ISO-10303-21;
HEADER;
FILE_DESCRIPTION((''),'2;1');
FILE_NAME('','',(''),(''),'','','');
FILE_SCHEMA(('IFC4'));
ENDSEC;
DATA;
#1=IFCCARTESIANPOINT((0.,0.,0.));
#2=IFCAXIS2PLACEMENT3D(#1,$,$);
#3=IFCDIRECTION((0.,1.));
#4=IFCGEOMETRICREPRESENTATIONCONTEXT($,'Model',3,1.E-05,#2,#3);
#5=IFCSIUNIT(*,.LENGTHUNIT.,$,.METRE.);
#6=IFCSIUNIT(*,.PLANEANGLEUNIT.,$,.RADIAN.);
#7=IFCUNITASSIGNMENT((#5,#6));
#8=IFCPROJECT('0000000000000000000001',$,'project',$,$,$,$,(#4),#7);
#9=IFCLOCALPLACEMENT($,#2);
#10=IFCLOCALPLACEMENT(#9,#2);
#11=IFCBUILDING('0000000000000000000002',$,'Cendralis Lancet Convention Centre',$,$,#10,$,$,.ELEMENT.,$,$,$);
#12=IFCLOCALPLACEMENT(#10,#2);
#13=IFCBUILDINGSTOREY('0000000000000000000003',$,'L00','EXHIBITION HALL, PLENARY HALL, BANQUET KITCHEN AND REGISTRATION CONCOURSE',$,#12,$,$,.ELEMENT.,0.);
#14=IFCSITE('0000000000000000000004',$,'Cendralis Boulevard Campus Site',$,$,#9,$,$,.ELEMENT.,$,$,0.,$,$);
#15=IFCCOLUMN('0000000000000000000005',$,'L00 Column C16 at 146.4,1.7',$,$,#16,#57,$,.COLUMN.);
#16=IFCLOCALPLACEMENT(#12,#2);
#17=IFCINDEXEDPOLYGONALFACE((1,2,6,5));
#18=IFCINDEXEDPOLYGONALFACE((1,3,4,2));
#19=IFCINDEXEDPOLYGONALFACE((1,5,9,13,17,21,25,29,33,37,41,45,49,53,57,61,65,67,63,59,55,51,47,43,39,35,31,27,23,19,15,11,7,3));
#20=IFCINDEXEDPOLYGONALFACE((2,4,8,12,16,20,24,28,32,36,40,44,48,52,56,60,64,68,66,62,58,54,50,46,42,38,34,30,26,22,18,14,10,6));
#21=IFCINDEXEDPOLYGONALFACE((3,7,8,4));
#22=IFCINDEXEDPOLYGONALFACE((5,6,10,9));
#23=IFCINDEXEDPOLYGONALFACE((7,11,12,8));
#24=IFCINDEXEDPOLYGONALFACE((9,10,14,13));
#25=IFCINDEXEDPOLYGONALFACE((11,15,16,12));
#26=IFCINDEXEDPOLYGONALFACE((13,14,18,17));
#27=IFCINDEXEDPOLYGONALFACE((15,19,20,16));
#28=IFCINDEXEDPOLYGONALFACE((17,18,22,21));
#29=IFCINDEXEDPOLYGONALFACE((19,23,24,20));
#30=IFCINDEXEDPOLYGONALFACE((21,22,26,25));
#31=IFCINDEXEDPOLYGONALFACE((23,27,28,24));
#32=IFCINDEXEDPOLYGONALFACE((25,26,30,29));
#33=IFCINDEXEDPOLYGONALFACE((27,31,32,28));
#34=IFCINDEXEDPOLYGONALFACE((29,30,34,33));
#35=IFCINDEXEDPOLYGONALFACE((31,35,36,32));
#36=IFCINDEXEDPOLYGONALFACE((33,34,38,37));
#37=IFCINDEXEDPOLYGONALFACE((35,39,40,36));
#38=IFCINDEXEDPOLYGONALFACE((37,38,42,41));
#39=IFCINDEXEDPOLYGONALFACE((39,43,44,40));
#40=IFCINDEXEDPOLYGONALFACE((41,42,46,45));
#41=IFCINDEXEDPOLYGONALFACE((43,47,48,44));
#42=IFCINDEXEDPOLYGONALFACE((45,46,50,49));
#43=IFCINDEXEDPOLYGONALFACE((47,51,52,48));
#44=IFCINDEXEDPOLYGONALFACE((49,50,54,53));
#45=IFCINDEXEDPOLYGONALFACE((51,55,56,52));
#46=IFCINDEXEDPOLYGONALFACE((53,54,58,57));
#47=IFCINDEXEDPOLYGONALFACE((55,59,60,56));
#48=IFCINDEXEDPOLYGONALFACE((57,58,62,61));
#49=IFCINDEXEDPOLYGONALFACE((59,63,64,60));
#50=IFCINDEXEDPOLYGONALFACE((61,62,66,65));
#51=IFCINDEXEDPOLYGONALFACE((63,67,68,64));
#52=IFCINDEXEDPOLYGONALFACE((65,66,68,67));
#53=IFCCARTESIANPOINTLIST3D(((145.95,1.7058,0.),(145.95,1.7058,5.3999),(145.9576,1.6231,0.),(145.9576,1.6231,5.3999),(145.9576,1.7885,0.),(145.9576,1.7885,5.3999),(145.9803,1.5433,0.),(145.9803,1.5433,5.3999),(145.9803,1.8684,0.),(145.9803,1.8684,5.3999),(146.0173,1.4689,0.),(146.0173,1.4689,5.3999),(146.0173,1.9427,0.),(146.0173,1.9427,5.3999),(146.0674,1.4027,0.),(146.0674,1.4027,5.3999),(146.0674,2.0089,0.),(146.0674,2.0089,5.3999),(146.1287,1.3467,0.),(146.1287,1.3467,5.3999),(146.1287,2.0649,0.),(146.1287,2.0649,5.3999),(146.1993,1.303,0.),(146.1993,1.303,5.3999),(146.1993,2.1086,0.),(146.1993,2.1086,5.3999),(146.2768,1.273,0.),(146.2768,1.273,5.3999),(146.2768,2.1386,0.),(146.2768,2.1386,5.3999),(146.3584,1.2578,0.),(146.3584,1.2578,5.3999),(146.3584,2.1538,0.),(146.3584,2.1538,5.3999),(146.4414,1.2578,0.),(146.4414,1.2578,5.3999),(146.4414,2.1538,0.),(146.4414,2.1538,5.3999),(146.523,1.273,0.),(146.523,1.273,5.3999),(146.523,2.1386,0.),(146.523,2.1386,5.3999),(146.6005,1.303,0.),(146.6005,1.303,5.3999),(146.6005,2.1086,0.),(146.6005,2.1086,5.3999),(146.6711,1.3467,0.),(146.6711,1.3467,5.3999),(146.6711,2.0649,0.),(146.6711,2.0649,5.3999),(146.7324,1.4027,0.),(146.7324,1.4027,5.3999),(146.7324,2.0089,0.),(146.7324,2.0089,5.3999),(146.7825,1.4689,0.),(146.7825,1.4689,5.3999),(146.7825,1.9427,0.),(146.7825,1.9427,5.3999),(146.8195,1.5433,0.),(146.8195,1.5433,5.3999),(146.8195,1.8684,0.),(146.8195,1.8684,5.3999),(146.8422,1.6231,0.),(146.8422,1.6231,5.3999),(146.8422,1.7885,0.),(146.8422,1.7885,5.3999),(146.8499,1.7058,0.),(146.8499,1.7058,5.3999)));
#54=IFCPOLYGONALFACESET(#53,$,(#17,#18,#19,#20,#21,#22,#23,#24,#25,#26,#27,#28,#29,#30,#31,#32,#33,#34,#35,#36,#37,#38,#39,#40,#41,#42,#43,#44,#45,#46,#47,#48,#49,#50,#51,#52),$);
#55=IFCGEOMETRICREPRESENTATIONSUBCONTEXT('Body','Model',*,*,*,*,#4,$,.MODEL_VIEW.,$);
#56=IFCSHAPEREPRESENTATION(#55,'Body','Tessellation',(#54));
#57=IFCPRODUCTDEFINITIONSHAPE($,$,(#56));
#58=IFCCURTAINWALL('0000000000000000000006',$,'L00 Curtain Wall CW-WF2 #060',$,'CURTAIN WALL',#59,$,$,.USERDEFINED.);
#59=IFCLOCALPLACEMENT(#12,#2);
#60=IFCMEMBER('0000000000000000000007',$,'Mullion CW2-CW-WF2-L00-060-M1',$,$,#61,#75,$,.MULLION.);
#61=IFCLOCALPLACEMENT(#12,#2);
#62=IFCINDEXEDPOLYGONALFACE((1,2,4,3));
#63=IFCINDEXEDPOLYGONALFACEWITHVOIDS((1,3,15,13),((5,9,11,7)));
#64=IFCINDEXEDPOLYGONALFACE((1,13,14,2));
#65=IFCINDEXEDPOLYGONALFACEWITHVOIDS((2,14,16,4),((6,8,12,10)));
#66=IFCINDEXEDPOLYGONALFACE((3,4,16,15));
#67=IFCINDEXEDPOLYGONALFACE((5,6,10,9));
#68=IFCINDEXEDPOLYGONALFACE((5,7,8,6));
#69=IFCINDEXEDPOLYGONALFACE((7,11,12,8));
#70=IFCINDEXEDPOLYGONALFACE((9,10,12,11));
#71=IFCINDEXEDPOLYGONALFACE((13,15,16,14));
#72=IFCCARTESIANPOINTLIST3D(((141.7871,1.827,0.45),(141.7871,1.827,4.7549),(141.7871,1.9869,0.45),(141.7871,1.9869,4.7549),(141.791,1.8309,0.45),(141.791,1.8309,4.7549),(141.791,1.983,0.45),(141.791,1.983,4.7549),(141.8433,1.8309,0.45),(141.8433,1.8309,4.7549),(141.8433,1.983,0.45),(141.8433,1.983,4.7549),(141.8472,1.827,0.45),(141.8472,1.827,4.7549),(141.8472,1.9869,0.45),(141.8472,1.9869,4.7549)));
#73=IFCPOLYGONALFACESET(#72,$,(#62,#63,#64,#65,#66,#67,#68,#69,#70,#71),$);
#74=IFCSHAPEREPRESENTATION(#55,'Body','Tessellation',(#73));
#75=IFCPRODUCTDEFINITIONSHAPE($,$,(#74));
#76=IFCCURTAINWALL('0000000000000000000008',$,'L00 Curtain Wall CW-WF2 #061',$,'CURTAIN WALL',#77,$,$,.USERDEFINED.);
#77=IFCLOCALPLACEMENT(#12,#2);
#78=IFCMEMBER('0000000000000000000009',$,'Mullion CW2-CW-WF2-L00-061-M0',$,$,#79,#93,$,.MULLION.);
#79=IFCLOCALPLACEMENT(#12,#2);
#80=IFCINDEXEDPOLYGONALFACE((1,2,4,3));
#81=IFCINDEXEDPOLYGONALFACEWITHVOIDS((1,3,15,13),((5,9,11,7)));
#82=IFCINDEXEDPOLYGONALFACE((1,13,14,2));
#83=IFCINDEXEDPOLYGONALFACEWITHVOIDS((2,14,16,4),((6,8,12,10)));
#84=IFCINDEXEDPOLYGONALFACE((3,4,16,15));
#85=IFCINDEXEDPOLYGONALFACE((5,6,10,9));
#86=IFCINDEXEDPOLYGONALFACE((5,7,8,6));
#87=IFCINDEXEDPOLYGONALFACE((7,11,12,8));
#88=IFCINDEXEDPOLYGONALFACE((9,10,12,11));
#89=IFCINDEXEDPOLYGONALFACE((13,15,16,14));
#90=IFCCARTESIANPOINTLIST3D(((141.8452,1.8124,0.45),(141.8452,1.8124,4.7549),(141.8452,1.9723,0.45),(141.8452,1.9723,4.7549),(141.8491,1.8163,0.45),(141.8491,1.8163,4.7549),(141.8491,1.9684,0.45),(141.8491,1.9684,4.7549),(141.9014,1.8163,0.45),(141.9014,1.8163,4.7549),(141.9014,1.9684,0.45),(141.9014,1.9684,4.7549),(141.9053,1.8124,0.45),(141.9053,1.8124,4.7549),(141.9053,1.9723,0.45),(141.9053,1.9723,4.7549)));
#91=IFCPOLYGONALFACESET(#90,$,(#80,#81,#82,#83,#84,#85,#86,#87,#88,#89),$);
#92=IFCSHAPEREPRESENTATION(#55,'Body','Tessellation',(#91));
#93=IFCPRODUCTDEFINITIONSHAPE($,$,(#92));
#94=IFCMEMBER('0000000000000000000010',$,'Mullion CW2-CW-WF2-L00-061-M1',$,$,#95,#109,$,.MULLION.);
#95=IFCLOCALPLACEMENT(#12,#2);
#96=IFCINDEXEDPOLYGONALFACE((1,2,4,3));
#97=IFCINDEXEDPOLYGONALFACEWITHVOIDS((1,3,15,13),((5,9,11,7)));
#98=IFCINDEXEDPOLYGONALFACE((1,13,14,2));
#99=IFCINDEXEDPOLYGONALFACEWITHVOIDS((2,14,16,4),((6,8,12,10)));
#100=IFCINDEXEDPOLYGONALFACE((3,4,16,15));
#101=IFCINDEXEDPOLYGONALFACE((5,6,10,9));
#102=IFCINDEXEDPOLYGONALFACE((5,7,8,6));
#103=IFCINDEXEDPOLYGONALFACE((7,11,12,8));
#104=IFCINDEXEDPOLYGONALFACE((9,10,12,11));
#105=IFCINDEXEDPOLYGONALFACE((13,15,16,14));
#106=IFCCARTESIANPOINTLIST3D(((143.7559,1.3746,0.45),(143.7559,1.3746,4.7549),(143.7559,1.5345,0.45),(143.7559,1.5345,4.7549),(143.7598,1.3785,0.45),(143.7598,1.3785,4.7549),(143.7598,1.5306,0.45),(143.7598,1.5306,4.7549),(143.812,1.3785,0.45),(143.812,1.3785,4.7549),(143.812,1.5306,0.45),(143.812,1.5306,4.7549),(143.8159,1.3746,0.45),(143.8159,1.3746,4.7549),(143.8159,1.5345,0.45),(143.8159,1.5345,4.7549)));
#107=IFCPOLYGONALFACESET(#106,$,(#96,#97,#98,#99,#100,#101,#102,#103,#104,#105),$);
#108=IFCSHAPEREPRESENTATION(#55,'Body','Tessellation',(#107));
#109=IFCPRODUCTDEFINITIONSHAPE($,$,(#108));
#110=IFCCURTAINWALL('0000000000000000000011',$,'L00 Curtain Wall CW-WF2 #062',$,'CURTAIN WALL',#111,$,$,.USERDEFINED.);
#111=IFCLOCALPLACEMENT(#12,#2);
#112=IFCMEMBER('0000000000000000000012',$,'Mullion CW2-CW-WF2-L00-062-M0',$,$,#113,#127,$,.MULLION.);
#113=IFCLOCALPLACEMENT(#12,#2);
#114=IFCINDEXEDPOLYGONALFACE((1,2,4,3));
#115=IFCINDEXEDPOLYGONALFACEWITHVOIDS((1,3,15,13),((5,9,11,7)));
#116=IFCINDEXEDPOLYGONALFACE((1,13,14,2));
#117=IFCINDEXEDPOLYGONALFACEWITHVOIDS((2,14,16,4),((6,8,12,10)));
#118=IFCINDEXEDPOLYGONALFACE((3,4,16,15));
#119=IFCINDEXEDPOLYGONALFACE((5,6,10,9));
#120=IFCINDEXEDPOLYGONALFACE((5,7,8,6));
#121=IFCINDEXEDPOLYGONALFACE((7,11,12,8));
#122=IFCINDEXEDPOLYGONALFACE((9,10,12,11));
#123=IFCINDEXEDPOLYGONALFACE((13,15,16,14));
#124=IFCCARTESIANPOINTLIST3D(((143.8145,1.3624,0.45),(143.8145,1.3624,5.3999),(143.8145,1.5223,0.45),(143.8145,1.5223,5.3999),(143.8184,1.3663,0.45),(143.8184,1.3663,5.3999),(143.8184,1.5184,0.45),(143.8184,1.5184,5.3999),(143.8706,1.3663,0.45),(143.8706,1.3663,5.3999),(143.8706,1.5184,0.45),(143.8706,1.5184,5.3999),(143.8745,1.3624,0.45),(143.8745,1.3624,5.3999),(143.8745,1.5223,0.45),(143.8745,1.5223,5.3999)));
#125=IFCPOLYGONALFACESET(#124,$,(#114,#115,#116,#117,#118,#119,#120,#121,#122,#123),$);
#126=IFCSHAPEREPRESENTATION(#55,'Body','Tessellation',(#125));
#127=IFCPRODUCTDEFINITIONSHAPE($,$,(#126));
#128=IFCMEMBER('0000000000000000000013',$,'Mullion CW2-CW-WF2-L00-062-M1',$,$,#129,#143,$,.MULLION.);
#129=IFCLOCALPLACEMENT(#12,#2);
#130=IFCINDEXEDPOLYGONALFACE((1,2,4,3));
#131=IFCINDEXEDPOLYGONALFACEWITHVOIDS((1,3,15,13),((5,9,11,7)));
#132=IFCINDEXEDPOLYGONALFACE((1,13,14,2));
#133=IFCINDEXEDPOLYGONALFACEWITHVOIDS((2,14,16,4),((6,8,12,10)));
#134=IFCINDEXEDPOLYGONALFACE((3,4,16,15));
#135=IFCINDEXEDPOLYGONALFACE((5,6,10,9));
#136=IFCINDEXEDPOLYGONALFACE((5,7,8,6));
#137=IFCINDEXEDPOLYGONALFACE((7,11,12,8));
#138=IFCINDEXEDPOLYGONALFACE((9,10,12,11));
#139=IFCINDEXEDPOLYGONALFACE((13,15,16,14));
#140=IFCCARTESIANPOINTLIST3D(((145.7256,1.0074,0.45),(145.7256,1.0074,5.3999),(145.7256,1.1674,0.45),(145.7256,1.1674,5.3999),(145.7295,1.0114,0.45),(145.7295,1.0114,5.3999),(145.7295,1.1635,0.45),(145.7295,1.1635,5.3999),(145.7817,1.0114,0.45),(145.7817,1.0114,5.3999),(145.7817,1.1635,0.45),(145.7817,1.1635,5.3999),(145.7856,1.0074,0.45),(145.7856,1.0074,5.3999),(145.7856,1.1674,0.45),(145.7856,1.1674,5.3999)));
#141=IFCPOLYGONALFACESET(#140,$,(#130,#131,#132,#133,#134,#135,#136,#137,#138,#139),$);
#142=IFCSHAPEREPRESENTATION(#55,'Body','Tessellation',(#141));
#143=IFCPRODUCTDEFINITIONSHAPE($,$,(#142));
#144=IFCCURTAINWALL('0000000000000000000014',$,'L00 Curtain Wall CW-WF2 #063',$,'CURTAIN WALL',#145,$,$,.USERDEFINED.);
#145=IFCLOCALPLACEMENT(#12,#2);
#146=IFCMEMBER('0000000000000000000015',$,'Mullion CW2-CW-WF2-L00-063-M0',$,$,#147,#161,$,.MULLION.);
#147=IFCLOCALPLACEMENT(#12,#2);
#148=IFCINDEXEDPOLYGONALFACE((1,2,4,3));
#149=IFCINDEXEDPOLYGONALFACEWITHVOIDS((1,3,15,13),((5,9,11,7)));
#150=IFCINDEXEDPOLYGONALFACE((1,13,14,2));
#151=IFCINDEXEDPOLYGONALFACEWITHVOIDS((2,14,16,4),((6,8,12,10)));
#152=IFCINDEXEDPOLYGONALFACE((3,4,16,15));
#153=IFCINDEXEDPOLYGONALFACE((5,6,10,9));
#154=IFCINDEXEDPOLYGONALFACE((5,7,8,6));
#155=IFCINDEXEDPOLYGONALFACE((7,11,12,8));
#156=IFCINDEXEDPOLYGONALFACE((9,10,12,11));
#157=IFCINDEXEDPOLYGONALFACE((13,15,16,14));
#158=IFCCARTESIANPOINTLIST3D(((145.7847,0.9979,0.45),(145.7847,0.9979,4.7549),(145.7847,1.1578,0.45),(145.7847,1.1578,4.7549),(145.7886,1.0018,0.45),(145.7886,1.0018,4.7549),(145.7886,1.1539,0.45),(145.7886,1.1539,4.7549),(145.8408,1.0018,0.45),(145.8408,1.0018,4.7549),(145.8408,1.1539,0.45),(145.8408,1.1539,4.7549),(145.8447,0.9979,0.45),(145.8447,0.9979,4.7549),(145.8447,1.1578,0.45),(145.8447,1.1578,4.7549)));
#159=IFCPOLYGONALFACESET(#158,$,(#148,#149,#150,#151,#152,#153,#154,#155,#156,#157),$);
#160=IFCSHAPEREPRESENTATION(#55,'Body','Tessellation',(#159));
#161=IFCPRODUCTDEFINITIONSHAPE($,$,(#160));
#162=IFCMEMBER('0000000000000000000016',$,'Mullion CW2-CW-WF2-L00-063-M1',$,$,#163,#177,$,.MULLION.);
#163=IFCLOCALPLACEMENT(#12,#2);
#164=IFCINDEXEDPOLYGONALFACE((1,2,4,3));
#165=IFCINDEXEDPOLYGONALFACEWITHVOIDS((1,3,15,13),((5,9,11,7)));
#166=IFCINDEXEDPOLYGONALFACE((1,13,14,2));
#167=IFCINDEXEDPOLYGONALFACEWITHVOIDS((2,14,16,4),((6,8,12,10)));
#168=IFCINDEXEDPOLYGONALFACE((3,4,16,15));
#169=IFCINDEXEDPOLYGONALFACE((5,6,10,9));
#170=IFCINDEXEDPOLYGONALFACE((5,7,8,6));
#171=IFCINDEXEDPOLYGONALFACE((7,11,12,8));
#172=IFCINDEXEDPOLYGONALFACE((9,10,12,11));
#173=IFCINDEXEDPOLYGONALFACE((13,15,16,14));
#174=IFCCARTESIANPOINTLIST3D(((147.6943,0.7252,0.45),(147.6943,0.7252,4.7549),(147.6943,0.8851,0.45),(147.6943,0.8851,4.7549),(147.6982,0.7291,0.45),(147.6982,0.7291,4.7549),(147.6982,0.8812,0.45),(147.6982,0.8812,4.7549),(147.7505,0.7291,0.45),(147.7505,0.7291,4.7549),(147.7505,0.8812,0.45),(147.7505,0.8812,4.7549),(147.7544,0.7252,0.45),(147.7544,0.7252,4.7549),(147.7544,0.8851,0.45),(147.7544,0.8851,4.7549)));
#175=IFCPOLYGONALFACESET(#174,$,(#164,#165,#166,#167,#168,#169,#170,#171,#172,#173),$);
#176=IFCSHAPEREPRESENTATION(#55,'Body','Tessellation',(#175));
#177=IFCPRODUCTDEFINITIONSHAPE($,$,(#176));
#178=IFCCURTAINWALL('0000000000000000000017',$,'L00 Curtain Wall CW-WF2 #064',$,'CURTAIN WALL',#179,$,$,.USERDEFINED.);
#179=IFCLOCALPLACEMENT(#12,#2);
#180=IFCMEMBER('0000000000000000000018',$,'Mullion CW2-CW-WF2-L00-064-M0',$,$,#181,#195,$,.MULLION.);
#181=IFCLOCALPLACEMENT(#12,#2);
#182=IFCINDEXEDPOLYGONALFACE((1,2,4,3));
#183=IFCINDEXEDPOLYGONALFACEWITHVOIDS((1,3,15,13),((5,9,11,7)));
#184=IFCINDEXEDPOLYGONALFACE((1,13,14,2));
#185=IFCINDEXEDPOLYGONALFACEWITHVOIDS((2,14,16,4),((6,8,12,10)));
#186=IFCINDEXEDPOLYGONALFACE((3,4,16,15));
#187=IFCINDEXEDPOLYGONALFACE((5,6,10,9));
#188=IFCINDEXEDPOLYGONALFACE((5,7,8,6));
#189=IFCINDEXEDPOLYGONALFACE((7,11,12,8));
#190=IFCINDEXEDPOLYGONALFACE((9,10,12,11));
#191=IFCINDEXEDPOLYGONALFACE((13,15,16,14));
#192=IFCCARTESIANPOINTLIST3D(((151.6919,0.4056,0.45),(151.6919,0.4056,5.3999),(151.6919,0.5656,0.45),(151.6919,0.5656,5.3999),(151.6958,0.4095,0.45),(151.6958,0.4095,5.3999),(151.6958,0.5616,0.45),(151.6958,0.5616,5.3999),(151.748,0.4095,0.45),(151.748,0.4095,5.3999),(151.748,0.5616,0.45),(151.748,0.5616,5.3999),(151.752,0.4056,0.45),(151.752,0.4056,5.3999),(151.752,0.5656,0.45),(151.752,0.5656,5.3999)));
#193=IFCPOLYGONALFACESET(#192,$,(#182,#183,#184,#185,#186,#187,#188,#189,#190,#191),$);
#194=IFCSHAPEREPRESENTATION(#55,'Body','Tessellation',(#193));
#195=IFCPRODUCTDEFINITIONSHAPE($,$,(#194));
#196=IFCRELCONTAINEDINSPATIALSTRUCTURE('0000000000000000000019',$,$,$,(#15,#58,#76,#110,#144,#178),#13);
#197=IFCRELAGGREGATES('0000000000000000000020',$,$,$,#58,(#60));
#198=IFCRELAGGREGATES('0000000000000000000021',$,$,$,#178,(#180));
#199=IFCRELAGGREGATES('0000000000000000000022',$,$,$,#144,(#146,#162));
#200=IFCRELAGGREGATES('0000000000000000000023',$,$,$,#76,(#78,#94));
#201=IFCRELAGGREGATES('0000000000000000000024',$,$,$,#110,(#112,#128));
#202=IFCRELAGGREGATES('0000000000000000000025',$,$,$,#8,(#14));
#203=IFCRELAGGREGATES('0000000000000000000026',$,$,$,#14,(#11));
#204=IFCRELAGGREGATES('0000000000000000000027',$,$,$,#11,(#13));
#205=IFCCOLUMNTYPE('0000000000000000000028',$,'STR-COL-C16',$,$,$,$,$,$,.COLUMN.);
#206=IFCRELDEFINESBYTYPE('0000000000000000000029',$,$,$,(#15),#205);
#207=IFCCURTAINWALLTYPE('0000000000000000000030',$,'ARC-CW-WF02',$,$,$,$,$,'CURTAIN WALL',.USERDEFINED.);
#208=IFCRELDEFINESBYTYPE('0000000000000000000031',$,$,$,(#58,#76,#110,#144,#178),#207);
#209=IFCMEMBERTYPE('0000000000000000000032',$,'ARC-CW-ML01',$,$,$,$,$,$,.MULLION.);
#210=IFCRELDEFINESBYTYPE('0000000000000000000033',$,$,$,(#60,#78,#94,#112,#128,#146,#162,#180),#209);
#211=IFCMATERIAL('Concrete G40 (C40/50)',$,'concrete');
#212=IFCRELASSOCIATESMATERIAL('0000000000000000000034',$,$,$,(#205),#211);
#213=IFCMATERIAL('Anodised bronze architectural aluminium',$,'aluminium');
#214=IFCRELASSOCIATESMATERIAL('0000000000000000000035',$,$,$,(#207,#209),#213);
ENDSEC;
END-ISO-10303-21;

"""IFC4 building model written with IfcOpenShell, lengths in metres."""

from ifc_helpers import new_model, si_unit, direction, frame, origin, origin_2d, place, context, subcontext, project, spatial, hollow_rectangle, circle, extrude, material, material_profile, profile_set, type_object, element, aggregate, save


model = new_model("IFC4")

# Units and contexts
model_context = context("Model", 3, precision=1e-05, world=origin(), true_north=direction((0.0, 1.0)))
body_context = subcontext(model_context, "Body", "Model", "MODEL_VIEW")
ifc_project = project(units=[si_unit("LENGTHUNIT", "METRE"), si_unit("PLANEANGLEUNIT", "RADIAN")], contexts=[model_context])

# Site, building, storey
site_placement = place(None, origin())
site = spatial("IfcSite", under=ifc_project, at=site_placement, Name="Cendralis Boulevard Campus Site", CompositionType="ELEMENT", RefElevation=0.0)
building_placement = place(site_placement, origin())
building = spatial("IfcBuilding", under=site, at=building_placement, Name="Cendralis Lancet Convention Centre", CompositionType="ELEMENT")
storey_placement = place(building_placement, origin())
storey = spatial("IfcBuildingStorey", under=building, at=storey_placement, Name="L00", Description="EXHIBITION HALL, PLENARY HALL, BANQUET KITCHEN AND REGISTRATION CONCOURSE", CompositionType="ELEMENT", Elevation=0.0)

# Column
ifc_material_1 = material(Name="Concrete G40 (C40/50)", Category="concrete")
ifc_material_profile_1 = material_profile(ifc_material_1, circle(Radius=0.45, at=origin_2d()), Name="RC D900")
ifc_profile_set_1 = profile_set([ifc_material_profile_1], Name="Concrete G40 (C40/50)")
column_type = type_object("IfcColumnType", Name="STR-COL-C16", PredefinedType="COLUMN", material=ifc_profile_set_1)
column_placement = place(storey_placement, frame((146.3999, 1.7058, 0.0), z_axis=(0.0, 0.0, 1.0), x_axis=(1.0, 0.0, 0.0)))
element("IfcColumn", 1, at=column_placement, inside=storey, type_object=column_type, Name="L00 Column C16 at 146.4,1.7", PredefinedType="COLUMN", context=body_context, shape_type="SweptSolid", body=[
    extrude(circle(Radius=0.45, at=origin_2d()), origin(), (0.0, 0.0, 1.0), 5.3999),
])

# Curtain wall, member
ifc_material_2 = material(Name="Anodised bronze architectural aluminium", Category="aluminium")
curtain_wall_type = type_object("IfcCurtainWallType", Name="ARC-CW-WF02", ElementType="CURTAIN WALL", PredefinedType="USERDEFINED", material=ifc_material_2)
curtain_wall_1_placement = place(storey_placement, origin())
curtain_wall_1 = element("IfcCurtainWall", 2, at=curtain_wall_1_placement, inside=storey, type_object=curtain_wall_type, Name="L00 Curtain Wall CW-WF2 #060", ObjectType="CURTAIN WALL", PredefinedType="USERDEFINED")
ifc_material_profile_2 = material_profile(ifc_material_2, hollow_rectangle(XDim=0.0601, YDim=0.1599, WallThickness=0.0039, at=origin_2d()), Name="AL-MULL 60x160x4.0")
ifc_profile_set_2 = profile_set([ifc_material_profile_2], Name="Anodised bronze architectural aluminium")
member_type_1 = type_object("IfcMemberType", Name="ARC-CW-ML01", PredefinedType="MULLION", material=ifc_profile_set_2)
member_1_placement = place(storey_placement, frame((141.8171, 1.907, 0.45), z_axis=(0.0, 0.0, 1.0), x_axis=(1.0, 0.0, 0.0)))
member_1 = element("IfcMember", 3, at=member_1_placement, type_object=member_type_1, Name="Mullion CW2-CW-WF2-L00-060-M1", PredefinedType="MULLION", context=body_context, shape_type="SweptSolid", body=[
    extrude(hollow_rectangle(XDim=0.0601, YDim=0.1599, WallThickness=0.0039, at=origin_2d()), origin(), (0.0, 0.0, 1.0), 4.3049),
])
aggregate(curtain_wall_1, [member_1])

# Curtain walls, members
curtain_wall_2_placement = place(storey_placement, origin())
curtain_wall_2 = element("IfcCurtainWall", 4, at=curtain_wall_2_placement, inside=storey, type_object=curtain_wall_type, Name="L00 Curtain Wall CW-WF2 #061", ObjectType="CURTAIN WALL", PredefinedType="USERDEFINED")
member_2_placement = place(storey_placement, frame((141.8752, 1.8923, 0.45), z_axis=(0.0, 0.0, 1.0), x_axis=(1.0, 0.0, 0.0)))
member_2 = element("IfcMember", 5, at=member_2_placement, type_object=member_type_1, Name="Mullion CW2-CW-WF2-L00-061-M0", PredefinedType="MULLION", context=body_context, shape_type="SweptSolid", body=[
    extrude(hollow_rectangle(XDim=0.0601, YDim=0.1599, WallThickness=0.0039, at=origin_2d()), origin(), (0.0, 0.0, 1.0), 4.3049),
])
member_3_placement = place(storey_placement, frame((143.7859, 1.4546, 0.45), z_axis=(0.0, 0.0, 1.0), x_axis=(1.0, 0.0, 0.0)))
member_3 = element("IfcMember", 6, at=member_3_placement, type_object=member_type_1, Name="Mullion CW2-CW-WF2-L00-061-M1", PredefinedType="MULLION", context=body_context, shape_type="SweptSolid", body=[
    extrude(hollow_rectangle(XDim=0.0601, YDim=0.1599, WallThickness=0.0039, at=origin_2d()), origin(), (0.0, 0.0, 1.0), 4.3049),
])
curtain_wall_3_placement = place(storey_placement, origin())
curtain_wall_3 = element("IfcCurtainWall", 7, at=curtain_wall_3_placement, inside=storey, type_object=curtain_wall_type, Name="L00 Curtain Wall CW-WF2 #062", ObjectType="CURTAIN WALL", PredefinedType="USERDEFINED")
member_4_placement = place(storey_placement, frame((143.8445, 1.4424, 0.45), z_axis=(0.0, 0.0, 1.0), x_axis=(1.0, 0.0, 0.0)))
member_4 = element("IfcMember", 8, at=member_4_placement, type_object=member_type_1, Name="Mullion CW2-CW-WF2-L00-062-M0", PredefinedType="MULLION", context=body_context, shape_type="SweptSolid", body=[
    extrude(hollow_rectangle(XDim=0.0601, YDim=0.1599, WallThickness=0.0039, at=origin_2d()), origin(), (0.0, 0.0, 1.0), 4.95),
])
member_5_placement = place(storey_placement, frame((145.7556, 1.0874, 0.45), z_axis=(0.0, 0.0, 1.0), x_axis=(1.0, 0.0, 0.0)))
member_5 = element("IfcMember", 9, at=member_5_placement, type_object=member_type_1, Name="Mullion CW2-CW-WF2-L00-062-M1", PredefinedType="MULLION", context=body_context, shape_type="SweptSolid", body=[
    extrude(hollow_rectangle(XDim=0.0601, YDim=0.1599, WallThickness=0.0039, at=origin_2d()), origin(), (0.0, 0.0, 1.0), 4.95),
])
curtain_wall_4_placement = place(storey_placement, origin())
curtain_wall_4 = element("IfcCurtainWall", 10, at=curtain_wall_4_placement, inside=storey, type_object=curtain_wall_type, Name="L00 Curtain Wall CW-WF2 #063", ObjectType="CURTAIN WALL", PredefinedType="USERDEFINED")
member_6_placement = place(storey_placement, frame((145.8147, 1.0779, 0.45), z_axis=(0.0, 0.0, 1.0), x_axis=(1.0, 0.0, 0.0)))
member_6 = element("IfcMember", 11, at=member_6_placement, type_object=member_type_1, Name="Mullion CW2-CW-WF2-L00-063-M0", PredefinedType="MULLION", context=body_context, shape_type="SweptSolid", body=[
    extrude(hollow_rectangle(XDim=0.0601, YDim=0.1599, WallThickness=0.0039, at=origin_2d()), origin(), (0.0, 0.0, 1.0), 4.3049),
])
member_7_placement = place(storey_placement, frame((147.7244, 0.8052, 0.45), z_axis=(0.0, 0.0, 1.0), x_axis=(1.0, 0.0, 0.0)))
member_7 = element("IfcMember", 12, at=member_7_placement, type_object=member_type_1, Name="Mullion CW2-CW-WF2-L00-063-M1", PredefinedType="MULLION", context=body_context, shape_type="SweptSolid", body=[
    extrude(hollow_rectangle(XDim=0.0601, YDim=0.1599, WallThickness=0.0039, at=origin_2d()), origin(), (0.0, 0.0, 1.0), 4.3049),
])

# Curtain wall, member
curtain_wall_5_placement = place(storey_placement, origin())
curtain_wall_5 = element("IfcCurtainWall", 13, at=curtain_wall_5_placement, inside=storey, type_object=curtain_wall_type, Name="L00 Curtain Wall CW-WF2 #064", ObjectType="CURTAIN WALL", PredefinedType="USERDEFINED")
member_8_placement = place(storey_placement, frame((151.7219, 0.4856, 0.45), z_axis=(0.0, 0.0, 1.0), x_axis=(1.0, 0.0, 0.0)))
member_8 = element("IfcMember", 14, at=member_8_placement, type_object=member_type_1, Name="Mullion CW2-CW-WF2-L00-064-M0", PredefinedType="MULLION", context=body_context, shape_type="SweptSolid", body=[
    extrude(hollow_rectangle(XDim=0.0601, YDim=0.1599, WallThickness=0.0039, at=origin_2d()), origin(), (0.0, 0.0, 1.0), 4.95),
])

aggregate(curtain_wall_5, [member_8])

aggregate(curtain_wall_4, [member_6, member_7])
aggregate(curtain_wall_2, [member_2, member_3])
aggregate(curtain_wall_3, [member_4, member_5])

save(model, "model.ifc")
